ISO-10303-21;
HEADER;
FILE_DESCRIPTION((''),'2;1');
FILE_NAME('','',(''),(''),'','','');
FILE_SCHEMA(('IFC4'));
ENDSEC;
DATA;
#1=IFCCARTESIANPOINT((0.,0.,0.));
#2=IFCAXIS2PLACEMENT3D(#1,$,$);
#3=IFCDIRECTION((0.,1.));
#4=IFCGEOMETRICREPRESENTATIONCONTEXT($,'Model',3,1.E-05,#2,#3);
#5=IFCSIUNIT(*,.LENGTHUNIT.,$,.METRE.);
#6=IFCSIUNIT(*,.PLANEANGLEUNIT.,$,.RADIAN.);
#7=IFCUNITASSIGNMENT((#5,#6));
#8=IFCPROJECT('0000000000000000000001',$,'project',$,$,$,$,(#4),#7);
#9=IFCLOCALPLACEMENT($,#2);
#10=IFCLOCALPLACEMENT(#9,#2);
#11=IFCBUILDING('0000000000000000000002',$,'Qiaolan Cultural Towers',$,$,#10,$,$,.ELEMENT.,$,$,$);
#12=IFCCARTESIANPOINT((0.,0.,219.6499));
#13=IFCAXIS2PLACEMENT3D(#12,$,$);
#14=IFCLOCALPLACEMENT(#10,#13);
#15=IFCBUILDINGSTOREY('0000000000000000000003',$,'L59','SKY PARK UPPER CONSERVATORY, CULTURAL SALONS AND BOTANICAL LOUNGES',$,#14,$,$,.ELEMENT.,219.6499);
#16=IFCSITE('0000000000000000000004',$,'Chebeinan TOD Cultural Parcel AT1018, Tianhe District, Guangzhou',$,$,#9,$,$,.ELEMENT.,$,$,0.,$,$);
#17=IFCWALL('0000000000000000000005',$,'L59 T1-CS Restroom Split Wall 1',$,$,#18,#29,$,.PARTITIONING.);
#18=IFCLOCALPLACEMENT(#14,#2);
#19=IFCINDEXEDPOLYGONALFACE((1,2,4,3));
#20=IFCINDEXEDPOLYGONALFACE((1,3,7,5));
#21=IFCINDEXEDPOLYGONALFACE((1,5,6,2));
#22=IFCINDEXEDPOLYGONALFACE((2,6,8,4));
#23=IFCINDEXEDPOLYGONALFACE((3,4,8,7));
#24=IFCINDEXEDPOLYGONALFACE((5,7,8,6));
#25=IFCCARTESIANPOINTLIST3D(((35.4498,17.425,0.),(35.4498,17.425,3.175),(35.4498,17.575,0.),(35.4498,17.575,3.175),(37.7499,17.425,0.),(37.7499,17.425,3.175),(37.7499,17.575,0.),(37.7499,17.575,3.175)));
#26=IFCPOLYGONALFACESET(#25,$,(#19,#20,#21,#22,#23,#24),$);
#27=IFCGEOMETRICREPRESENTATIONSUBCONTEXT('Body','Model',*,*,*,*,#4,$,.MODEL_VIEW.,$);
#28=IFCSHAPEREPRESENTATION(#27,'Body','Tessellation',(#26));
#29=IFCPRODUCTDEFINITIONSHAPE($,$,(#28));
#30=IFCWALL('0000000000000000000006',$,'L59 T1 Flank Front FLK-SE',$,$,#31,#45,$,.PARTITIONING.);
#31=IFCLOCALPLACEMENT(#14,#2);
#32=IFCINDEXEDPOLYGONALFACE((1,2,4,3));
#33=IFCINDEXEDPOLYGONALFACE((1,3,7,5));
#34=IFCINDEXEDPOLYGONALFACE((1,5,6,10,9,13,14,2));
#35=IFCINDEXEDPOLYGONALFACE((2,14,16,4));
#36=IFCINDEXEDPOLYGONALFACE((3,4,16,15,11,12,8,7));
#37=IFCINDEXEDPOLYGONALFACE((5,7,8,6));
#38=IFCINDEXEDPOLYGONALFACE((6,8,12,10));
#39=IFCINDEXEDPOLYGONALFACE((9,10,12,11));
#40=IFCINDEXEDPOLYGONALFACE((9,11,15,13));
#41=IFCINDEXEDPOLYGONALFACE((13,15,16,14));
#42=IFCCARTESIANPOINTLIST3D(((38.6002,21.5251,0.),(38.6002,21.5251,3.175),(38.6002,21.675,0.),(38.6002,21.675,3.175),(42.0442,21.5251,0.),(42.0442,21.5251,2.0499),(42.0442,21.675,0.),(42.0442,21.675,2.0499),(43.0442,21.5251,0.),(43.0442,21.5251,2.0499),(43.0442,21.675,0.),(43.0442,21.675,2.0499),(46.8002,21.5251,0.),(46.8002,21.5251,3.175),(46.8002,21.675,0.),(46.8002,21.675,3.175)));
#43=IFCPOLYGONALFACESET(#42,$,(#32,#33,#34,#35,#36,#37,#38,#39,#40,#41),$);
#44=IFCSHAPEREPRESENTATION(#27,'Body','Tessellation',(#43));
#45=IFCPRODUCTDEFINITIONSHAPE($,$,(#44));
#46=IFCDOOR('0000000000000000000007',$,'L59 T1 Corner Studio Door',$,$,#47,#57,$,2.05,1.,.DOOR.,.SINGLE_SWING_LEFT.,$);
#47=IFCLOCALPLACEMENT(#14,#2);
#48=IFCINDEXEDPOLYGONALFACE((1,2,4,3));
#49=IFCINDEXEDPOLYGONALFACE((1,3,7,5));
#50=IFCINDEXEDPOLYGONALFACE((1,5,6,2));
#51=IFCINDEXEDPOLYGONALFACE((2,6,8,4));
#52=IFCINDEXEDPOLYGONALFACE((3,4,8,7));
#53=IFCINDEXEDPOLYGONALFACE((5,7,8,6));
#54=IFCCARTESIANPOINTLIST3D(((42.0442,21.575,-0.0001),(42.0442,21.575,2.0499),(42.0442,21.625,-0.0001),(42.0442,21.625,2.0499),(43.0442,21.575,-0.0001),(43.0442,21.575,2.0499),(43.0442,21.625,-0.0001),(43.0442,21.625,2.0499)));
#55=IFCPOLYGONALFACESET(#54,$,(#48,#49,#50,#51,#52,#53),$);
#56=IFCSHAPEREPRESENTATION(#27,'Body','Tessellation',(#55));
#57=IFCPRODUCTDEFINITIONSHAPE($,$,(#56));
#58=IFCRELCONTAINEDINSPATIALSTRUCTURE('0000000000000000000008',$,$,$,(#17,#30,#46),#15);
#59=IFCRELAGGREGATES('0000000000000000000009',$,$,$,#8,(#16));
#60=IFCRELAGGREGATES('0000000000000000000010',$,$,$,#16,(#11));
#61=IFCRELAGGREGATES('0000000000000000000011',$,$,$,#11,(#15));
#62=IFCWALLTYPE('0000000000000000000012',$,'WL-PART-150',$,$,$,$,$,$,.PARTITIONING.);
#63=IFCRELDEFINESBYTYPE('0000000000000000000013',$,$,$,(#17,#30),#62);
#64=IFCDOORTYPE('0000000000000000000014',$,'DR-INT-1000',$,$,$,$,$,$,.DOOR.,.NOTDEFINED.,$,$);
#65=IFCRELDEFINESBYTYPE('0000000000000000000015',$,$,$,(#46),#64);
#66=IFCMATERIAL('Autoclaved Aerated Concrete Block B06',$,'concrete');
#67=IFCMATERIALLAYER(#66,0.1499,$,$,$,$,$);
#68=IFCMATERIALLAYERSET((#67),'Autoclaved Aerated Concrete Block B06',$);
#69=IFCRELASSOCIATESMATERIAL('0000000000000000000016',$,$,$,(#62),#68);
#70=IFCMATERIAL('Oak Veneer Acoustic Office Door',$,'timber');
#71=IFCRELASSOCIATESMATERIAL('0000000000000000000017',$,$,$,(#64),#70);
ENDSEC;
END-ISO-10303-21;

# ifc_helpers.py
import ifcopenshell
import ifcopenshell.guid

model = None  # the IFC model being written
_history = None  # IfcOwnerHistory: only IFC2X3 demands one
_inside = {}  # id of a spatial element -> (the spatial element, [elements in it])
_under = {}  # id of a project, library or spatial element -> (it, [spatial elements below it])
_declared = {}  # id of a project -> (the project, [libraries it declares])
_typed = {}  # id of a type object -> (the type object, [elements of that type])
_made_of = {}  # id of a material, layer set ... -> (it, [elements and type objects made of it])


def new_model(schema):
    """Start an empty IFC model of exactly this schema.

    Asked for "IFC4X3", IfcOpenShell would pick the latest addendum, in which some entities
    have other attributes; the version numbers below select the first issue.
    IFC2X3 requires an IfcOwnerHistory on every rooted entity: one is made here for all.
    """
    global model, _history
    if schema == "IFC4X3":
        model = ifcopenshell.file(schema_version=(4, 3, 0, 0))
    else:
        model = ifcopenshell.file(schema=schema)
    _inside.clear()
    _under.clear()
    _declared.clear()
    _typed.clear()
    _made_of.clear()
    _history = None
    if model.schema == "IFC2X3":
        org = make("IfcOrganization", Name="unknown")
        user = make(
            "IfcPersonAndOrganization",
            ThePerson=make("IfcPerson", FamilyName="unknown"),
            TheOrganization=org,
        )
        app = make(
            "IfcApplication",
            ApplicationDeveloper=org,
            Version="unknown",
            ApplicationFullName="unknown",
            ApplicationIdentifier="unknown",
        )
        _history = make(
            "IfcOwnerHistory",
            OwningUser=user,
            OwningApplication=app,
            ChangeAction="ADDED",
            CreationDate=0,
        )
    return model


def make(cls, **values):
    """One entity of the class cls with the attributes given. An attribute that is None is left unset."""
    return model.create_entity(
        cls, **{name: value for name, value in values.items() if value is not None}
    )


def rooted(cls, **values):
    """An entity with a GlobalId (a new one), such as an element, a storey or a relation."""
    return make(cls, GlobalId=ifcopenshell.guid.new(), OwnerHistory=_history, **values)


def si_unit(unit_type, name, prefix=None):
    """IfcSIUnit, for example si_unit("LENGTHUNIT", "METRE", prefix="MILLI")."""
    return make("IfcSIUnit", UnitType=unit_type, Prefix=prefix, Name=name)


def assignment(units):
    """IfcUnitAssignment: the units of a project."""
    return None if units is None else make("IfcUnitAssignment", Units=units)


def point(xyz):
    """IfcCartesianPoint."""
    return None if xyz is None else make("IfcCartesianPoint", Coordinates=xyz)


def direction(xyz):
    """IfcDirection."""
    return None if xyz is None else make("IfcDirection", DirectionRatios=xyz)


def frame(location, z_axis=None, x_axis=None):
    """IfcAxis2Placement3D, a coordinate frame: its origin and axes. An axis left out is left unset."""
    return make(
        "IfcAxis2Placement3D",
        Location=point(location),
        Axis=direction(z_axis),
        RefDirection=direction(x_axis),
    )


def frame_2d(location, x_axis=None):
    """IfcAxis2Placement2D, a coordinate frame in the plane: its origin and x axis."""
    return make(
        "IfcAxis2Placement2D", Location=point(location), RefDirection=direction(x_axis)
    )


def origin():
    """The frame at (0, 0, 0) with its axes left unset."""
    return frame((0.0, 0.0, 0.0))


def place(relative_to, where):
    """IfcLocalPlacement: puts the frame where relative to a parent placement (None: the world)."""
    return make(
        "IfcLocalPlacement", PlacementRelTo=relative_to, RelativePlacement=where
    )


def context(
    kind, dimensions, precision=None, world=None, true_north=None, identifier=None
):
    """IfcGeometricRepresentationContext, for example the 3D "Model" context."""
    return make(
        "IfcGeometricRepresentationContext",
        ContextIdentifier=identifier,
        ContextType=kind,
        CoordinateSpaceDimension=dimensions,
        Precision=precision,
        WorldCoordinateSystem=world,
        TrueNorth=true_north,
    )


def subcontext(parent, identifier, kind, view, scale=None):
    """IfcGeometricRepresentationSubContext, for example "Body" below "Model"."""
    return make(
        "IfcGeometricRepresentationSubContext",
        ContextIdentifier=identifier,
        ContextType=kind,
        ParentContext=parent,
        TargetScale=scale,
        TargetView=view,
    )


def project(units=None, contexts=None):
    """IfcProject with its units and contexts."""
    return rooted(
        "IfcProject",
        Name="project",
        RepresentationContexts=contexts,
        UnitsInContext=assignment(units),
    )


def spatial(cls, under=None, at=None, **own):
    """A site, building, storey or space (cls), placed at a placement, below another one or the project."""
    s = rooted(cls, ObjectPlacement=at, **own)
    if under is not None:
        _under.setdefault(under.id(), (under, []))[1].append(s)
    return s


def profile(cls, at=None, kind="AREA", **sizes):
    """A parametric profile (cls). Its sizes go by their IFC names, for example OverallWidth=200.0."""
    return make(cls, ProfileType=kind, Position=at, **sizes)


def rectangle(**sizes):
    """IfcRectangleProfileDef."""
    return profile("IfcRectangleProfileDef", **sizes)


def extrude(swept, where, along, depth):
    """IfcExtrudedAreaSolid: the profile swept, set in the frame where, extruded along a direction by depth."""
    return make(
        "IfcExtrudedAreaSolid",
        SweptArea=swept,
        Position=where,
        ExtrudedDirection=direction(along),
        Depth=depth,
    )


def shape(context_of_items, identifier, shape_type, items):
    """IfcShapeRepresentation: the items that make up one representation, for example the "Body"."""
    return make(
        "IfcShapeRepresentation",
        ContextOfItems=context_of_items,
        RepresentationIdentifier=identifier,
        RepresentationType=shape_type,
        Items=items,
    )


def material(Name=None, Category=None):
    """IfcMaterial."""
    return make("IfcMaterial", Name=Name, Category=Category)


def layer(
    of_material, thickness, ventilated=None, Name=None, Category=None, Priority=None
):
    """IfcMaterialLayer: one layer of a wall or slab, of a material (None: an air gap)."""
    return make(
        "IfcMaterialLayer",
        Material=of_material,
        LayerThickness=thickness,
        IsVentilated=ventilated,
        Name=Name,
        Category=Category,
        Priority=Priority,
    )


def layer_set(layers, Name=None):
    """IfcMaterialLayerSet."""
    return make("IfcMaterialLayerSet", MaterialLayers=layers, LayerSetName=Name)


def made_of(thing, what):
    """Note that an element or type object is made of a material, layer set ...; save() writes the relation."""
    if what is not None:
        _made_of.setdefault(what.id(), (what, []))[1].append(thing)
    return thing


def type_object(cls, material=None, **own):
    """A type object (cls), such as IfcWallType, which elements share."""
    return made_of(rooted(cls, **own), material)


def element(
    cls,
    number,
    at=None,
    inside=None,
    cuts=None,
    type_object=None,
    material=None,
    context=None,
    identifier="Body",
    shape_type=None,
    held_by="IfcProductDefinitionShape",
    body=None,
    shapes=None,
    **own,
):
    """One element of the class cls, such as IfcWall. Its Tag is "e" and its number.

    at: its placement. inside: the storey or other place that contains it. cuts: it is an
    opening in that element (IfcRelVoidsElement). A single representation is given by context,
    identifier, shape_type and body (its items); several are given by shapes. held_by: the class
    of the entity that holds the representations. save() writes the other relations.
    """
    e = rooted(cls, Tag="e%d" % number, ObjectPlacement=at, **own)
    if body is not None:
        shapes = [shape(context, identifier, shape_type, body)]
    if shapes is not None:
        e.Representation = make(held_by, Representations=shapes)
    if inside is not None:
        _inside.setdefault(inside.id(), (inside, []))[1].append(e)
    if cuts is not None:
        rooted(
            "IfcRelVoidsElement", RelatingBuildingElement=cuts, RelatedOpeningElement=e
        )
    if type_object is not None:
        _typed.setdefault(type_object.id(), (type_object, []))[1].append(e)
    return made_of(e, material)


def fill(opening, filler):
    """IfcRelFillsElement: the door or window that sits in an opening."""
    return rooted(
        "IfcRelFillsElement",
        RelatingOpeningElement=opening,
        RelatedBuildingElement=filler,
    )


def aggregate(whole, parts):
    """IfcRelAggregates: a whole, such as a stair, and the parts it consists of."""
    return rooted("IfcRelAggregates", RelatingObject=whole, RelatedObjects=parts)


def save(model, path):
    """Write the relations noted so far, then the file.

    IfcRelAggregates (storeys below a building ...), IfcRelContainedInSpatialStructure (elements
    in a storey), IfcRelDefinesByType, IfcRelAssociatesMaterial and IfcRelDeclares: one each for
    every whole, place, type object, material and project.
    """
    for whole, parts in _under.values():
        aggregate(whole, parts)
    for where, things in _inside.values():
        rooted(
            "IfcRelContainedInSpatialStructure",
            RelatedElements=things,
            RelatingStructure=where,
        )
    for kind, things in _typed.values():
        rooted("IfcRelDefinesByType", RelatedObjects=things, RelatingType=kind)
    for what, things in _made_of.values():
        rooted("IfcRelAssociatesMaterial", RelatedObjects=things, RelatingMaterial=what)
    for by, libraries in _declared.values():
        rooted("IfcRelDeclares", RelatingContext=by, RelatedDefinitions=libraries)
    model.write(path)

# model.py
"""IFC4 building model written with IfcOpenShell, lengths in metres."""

from ifc_helpers import new_model, si_unit, direction, frame, frame_2d, origin, place, context, subcontext, project, spatial, rectangle, extrude, material, layer, layer_set, type_object, element, fill, save


model = new_model("IFC4")

# Units and contexts
model_context = context("Model", 3, precision=1e-05, world=origin(), true_north=direction((0.0, 1.0)))
body_context = subcontext(model_context, "Body", "Model", "MODEL_VIEW")
ifc_project = project(units=[si_unit("LENGTHUNIT", "METRE"), si_unit("PLANEANGLEUNIT", "RADIAN")], contexts=[model_context])

# Site, building, storey
site_placement = place(None, origin())
site = spatial("IfcSite", under=ifc_project, at=site_placement, Name="Chebeinan TOD Cultural Parcel AT1018, Tianhe District, Guangzhou", CompositionType="ELEMENT", RefElevation=0.0)
building_placement = place(site_placement, origin())
building = spatial("IfcBuilding", under=site, at=building_placement, Name="Qiaolan Cultural Towers", CompositionType="ELEMENT")
storey_placement = place(building_placement, frame((0.0, 0.0, 219.6499)))
storey = spatial("IfcBuildingStorey", under=building, at=storey_placement, Name="L59", Description="SKY PARK UPPER CONSERVATORY, CULTURAL SALONS AND BOTANICAL LOUNGES", CompositionType="ELEMENT", Elevation=219.6499)

# Shared definitions
ifc_material_1 = material(Name="Autoclaved Aerated Concrete Block B06", Category="concrete")
ifc_layer_1 = layer(ifc_material_1, 0.1499)
ifc_layer_set_1 = layer_set([ifc_layer_1], Name="Autoclaved Aerated Concrete Block B06")
wall_type_1 = type_object("IfcWallType", Name="WL-PART-150", PredefinedType="PARTITIONING", material=ifc_layer_set_1)

# Wall
wall_1_placement = place(storey_placement, frame((35.45, 17.5, 0.0), z_axis=(0.0, 0.0, 1.0), x_axis=(1.0, 0.0, 0.0)))
element("IfcWall", 1, at=wall_1_placement, inside=storey, type_object=wall_type_1, Name="L59 T1-CS Restroom Split Wall 1", PredefinedType="PARTITIONING", context=body_context, shape_type="SweptSolid", body=[
    extrude(rectangle(XDim=2.3, YDim=0.1499, at=frame_2d((1.1499, 0.0))), origin(), (0.0, 0.0, 1.0), 3.175),
])

# Wall, opening, door
wall_2_placement = place(storey_placement, frame((38.6001, 21.6001, 0.0), z_axis=(0.0, 0.0, 1.0), x_axis=(1.0, 0.0, 0.0)))
wall_2 = element("IfcWall", 2, at=wall_2_placement, inside=storey, type_object=wall_type_1, Name="L59 T1 Flank Front FLK-SE", PredefinedType="PARTITIONING", context=body_context, shape_type="SweptSolid", body=[
    extrude(rectangle(XDim=8.2, YDim=0.1499, at=frame_2d((4.1001, 0.0))), origin(), (0.0, 0.0, 1.0), 3.175),
])
opening_1_placement = place(wall_2_placement, frame((3.4441, 0.0, 0.0)))
opening_1 = element("IfcOpeningElement", 3, at=opening_1_placement, cuts=wall_2, PredefinedType="OPENING", context=body_context, shape_type="SweptSolid", body=[
    extrude(rectangle(XDim=1.0, YDim=2.05, at=frame_2d((0.5, 1.0249))), frame((0.0, 0.085, 0.0), z_axis=(0.0, -1.0, 0.0), x_axis=(1.0, 0.0, 0.0)), (0.0, 0.0, 1.0), 0.1699),
])
ifc_material_2 = material(Name="Oak Veneer Acoustic Office Door", Category="timber")
door_type_1 = type_object("IfcDoorType", Name="DR-INT-1000", OperationType="NOTDEFINED", PredefinedType="DOOR", material=ifc_material_2)
door_1_placement = place(opening_1_placement, origin())
door_1 = element("IfcDoor", 4, at=door_1_placement, inside=storey, type_object=door_type_1, Name="L59 T1 Corner Studio Door", OperationType="SINGLE_SWING_LEFT", OverallHeight=2.05, OverallWidth=1.0, PredefinedType="DOOR", context=body_context, shape_type="SweptSolid", body=[
    extrude(rectangle(XDim=1.0, YDim=2.05, at=frame_2d((0.5, 1.0249))), frame((0.0, 0.0249, 0.0), z_axis=(0.0, -1.0, 0.0), x_axis=(1.0, 0.0, 0.0)), (0.0, 0.0, 1.0), 0.05),
])
fill(opening_1, door_1)

save(model, "model.ifc")
